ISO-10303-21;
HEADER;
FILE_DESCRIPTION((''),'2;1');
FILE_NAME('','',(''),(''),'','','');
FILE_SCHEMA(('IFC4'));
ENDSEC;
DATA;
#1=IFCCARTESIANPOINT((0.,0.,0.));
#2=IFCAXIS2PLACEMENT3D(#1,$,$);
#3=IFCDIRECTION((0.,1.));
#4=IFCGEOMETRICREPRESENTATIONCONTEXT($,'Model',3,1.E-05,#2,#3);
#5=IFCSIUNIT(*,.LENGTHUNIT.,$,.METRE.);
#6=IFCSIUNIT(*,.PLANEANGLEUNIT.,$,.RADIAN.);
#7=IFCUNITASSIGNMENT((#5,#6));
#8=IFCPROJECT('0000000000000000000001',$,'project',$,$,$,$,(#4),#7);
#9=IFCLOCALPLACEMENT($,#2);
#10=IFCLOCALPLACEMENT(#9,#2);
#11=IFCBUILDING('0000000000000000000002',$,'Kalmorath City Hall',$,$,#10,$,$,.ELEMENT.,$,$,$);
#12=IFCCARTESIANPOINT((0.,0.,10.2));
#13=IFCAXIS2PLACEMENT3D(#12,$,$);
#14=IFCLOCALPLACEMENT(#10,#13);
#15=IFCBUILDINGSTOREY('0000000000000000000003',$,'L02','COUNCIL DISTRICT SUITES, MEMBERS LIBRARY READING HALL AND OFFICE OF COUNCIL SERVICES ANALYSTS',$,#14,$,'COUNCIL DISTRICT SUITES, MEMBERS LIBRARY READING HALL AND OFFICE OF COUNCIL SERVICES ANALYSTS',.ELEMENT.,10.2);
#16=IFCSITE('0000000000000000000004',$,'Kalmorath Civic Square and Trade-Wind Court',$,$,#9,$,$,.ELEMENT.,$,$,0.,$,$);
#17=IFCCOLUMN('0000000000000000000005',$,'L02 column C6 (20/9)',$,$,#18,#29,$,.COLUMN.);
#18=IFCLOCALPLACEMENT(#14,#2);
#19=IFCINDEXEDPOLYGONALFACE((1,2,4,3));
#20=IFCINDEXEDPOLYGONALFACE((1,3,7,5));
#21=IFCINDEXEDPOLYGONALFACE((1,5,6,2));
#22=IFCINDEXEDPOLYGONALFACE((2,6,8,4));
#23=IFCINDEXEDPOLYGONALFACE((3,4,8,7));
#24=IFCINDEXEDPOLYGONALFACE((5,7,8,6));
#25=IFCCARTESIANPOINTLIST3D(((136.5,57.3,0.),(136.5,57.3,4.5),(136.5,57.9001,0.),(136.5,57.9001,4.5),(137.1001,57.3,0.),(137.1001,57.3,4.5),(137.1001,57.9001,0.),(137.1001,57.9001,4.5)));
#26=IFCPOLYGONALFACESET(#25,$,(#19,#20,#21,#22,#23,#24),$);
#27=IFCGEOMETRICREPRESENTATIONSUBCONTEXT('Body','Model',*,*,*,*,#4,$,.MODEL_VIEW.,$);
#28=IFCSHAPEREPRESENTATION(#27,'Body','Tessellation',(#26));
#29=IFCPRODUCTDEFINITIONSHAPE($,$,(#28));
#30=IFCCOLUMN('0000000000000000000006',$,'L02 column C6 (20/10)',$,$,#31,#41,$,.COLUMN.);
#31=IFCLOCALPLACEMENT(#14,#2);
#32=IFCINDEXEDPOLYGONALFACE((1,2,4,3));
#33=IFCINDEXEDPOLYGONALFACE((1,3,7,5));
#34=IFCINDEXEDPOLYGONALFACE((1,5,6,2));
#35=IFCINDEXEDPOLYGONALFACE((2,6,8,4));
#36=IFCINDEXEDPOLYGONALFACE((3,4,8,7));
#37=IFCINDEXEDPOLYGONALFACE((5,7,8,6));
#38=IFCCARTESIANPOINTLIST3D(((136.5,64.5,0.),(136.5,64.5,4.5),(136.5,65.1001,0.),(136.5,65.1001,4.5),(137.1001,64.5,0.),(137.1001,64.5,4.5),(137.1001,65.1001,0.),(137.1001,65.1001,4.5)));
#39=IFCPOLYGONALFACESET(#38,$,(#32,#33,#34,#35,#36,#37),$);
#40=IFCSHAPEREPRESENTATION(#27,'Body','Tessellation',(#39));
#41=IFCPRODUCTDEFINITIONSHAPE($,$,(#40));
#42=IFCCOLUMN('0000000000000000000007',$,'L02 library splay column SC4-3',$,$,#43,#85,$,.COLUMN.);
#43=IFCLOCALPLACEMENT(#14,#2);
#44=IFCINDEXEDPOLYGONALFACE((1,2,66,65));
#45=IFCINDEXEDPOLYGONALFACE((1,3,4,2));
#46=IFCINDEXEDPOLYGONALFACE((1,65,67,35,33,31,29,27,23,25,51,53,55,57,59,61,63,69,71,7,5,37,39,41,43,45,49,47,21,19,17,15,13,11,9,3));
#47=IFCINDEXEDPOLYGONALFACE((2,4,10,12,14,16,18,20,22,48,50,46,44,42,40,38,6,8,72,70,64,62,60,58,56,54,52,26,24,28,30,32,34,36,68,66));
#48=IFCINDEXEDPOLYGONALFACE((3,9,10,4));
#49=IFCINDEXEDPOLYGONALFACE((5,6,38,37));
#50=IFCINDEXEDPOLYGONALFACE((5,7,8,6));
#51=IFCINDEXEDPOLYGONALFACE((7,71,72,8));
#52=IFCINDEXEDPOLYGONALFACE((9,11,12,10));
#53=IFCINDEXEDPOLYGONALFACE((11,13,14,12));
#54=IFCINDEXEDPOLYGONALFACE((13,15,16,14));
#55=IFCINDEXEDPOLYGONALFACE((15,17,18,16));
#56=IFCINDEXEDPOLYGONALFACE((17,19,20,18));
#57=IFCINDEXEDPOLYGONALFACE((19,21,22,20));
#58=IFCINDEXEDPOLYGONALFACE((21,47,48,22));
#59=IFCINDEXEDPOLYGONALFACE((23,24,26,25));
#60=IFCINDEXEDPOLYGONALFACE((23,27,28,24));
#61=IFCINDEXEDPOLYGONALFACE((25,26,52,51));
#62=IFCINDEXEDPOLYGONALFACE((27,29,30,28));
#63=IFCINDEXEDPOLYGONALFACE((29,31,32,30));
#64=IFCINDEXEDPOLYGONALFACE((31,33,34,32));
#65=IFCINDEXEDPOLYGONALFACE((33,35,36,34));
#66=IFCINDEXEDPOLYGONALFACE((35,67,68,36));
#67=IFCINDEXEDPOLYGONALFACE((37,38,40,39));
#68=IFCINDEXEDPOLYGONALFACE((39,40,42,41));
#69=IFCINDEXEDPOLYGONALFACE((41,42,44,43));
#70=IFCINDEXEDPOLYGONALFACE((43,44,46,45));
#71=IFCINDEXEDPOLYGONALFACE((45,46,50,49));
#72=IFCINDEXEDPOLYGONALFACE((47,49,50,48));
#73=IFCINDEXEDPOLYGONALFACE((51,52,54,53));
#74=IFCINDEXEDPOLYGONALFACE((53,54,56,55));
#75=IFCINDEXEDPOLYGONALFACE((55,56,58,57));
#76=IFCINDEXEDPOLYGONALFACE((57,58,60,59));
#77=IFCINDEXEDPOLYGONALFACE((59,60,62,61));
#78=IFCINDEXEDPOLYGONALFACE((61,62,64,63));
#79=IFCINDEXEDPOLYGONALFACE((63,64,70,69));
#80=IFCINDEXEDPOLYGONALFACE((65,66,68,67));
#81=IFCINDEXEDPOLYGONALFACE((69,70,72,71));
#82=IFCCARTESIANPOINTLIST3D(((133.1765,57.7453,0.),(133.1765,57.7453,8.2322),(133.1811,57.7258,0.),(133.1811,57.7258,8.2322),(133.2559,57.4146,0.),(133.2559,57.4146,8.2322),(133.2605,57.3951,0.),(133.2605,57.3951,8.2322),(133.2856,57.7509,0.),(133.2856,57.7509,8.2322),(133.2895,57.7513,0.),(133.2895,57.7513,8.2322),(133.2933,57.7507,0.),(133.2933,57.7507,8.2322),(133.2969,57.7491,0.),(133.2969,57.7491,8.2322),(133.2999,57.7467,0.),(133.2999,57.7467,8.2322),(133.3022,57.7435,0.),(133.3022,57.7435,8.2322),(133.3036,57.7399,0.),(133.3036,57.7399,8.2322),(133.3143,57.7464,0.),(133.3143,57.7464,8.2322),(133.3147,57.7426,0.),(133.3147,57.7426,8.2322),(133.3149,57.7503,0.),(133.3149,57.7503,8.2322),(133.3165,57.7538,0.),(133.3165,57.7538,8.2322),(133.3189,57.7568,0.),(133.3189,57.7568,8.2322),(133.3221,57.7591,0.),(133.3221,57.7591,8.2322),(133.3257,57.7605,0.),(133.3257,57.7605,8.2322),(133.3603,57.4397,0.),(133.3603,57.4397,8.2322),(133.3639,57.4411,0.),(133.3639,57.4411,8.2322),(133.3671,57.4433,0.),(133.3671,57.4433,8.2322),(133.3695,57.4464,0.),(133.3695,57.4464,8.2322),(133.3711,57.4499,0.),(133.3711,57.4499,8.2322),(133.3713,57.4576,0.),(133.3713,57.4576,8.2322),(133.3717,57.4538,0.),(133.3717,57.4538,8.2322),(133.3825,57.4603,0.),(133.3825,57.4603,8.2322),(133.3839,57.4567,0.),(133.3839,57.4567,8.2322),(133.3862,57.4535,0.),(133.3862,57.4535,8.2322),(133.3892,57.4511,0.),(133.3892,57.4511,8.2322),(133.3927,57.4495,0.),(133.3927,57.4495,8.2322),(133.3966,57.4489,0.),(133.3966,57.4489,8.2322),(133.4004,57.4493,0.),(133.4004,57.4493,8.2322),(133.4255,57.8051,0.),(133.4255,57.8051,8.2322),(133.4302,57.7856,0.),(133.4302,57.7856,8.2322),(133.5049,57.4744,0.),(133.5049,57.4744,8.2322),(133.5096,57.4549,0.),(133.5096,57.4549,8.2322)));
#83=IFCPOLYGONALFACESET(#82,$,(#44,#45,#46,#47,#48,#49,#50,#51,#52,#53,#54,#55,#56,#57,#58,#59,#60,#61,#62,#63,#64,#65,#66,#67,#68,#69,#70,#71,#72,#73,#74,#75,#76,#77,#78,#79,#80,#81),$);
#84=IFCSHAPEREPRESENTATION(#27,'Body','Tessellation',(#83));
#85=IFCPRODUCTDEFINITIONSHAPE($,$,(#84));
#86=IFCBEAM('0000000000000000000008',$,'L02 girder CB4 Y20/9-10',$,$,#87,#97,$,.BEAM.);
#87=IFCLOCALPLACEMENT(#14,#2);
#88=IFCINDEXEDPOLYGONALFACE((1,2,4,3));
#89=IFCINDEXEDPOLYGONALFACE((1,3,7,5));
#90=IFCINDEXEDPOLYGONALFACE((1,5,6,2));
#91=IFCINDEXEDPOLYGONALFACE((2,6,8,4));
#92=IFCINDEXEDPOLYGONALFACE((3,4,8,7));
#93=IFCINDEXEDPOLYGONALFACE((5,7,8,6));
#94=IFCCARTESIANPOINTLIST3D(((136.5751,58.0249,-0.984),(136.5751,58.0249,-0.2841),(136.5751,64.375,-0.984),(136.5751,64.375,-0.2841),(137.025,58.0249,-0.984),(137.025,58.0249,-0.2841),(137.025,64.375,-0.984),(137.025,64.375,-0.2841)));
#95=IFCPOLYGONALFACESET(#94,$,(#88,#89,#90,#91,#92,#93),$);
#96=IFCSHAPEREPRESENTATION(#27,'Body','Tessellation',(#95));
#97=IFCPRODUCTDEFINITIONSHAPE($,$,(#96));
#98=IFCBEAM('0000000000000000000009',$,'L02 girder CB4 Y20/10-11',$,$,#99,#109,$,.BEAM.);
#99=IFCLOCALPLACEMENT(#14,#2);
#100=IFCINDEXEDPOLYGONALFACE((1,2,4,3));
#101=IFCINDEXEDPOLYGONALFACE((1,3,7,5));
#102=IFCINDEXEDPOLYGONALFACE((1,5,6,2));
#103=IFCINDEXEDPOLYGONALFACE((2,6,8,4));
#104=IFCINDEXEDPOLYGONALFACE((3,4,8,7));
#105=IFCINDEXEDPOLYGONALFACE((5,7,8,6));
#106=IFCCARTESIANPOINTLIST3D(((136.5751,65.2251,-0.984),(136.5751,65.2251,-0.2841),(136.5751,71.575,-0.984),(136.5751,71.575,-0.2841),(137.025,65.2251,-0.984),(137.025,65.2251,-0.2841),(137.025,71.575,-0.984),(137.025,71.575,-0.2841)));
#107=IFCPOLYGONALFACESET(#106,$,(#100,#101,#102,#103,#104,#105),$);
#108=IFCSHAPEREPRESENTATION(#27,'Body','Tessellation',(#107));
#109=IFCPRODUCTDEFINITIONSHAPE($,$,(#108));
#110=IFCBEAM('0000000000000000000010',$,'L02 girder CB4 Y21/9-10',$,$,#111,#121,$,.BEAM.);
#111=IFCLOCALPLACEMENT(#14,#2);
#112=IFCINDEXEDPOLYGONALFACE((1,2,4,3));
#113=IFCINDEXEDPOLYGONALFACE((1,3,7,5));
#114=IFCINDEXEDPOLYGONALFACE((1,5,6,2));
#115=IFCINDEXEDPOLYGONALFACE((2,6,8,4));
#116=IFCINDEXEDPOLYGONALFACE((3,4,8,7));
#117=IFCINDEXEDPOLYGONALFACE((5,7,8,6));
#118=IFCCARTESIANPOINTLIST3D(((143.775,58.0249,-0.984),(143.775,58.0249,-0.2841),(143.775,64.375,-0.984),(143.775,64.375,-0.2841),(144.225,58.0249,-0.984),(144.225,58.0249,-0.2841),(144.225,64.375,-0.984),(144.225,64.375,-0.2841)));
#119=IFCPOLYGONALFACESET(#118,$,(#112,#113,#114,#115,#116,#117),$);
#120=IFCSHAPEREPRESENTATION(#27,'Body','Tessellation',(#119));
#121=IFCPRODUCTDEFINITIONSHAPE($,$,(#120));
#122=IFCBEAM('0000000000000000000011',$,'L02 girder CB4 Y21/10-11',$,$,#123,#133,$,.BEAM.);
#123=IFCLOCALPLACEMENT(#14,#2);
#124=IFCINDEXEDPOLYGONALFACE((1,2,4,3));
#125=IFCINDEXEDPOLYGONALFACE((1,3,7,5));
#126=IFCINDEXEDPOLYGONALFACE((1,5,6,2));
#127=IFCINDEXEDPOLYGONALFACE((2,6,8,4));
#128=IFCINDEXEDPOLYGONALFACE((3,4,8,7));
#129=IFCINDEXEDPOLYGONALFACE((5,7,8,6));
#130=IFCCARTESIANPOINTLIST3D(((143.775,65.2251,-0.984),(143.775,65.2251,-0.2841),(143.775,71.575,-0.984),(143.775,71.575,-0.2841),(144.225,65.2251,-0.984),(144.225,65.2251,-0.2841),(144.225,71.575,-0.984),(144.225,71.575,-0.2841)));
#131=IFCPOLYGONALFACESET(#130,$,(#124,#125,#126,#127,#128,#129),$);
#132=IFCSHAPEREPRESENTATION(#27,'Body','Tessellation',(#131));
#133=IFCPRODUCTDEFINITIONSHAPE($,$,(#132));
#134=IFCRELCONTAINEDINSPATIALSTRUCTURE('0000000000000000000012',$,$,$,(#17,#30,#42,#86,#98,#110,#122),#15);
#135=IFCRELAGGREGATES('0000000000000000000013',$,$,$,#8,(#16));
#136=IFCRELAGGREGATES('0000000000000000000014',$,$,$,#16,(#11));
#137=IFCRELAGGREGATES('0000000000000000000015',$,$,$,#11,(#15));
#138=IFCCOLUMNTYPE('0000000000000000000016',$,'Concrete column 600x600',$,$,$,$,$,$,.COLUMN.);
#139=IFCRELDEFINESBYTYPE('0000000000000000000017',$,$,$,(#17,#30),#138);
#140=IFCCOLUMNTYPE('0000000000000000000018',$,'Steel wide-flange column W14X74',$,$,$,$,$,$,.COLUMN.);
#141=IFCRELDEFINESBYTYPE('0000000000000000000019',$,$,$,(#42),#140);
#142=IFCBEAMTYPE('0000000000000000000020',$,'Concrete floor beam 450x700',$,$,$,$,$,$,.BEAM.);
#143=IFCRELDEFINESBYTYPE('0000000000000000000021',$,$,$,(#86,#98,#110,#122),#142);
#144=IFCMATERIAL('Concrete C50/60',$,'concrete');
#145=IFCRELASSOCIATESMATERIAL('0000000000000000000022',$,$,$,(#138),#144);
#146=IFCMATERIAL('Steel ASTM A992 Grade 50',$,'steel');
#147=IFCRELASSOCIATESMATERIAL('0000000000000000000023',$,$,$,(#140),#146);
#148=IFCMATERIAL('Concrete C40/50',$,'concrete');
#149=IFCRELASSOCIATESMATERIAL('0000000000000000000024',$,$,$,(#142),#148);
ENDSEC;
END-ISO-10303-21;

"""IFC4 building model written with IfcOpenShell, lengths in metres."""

from ifc_helpers import new_model, si_unit, direction, frame, origin, origin_2d, place, context, subcontext, project, spatial, rectangle, i_section, extrude, material, material_profile, profile_set, type_object, element, save


model = new_model("IFC4")

# Units and contexts
model_context = context("Model", 3, precision=1e-05, world=origin(), true_north=direction((0.0, 1.0)))
body_context = subcontext(model_context, "Body", "Model", "MODEL_VIEW")
ifc_project = project(units=[si_unit("LENGTHUNIT", "METRE"), si_unit("PLANEANGLEUNIT", "RADIAN")], contexts=[model_context])

# Site, building, storey
site_placement = place(None, origin())
site = spatial("IfcSite", under=ifc_project, at=site_placement, Name="Kalmorath Civic Square and Trade-Wind Court", CompositionType="ELEMENT", RefElevation=0.0)
building_placement = place(site_placement, origin())
building = spatial("IfcBuilding", under=site, at=building_placement, Name="Kalmorath City Hall", CompositionType="ELEMENT")
storey_placement = place(building_placement, frame((0.0, 0.0, 10.2)))
storey = spatial("IfcBuildingStorey", under=building, at=storey_placement, Name="L02", Description="COUNCIL DISTRICT SUITES, MEMBERS LIBRARY READING HALL AND OFFICE OF COUNCIL SERVICES ANALYSTS", LongName="COUNCIL DISTRICT SUITES, MEMBERS LIBRARY READING HALL AND OFFICE OF COUNCIL SERVICES ANALYSTS", CompositionType="ELEMENT", Elevation=10.2)

# Columns
ifc_material_1 = material(Name="Concrete C50/60", Category="concrete")
ifc_material_profile_1 = material_profile(ifc_material_1, rectangle(XDim=0.6001, YDim=0.6001, at=origin_2d()), Name="RC-COL-600X600")
ifc_profile_set_1 = profile_set([ifc_material_profile_1], Name="Concrete C50/60")
column_type_1 = type_object("IfcColumnType", Name="Concrete column 600x600", PredefinedType="COLUMN", material=ifc_profile_set_1)
for number, where, z_axis, x_axis, name in (
    (1, (136.8, 57.6001, 0.0), (0.0, 0.0, 1.0), (1.0, 0.0, 0.0), "L02 column C6 (20/9)"),
    (2, (136.8, 64.8, 0.0), (0.0, 0.0, 1.0), (1.0, 0.0, 0.0), "L02 column C6 (20/10)"),
):
    element("IfcColumn", number, at=place(storey_placement, frame(where, z_axis=z_axis, x_axis=x_axis)), inside=storey, type_object=column_type_1, Name=name, PredefinedType="COLUMN", context=body_context, shape_type="SweptSolid", body=[
        extrude(rectangle(XDim=0.6001, YDim=0.6001, at=origin_2d()), origin(), (0.0, 0.0, 1.0), 4.5),
    ])
ifc_material_2 = material(Name="Steel ASTM A992 Grade 50", Category="steel")
ifc_material_profile_2 = material_profile(ifc_material_2, i_section(OverallWidth=0.2561, OverallDepth=0.3601, WebThickness=0.0115, FlangeThickness=0.02, FilletRadius=0.0149, at=origin_2d()), Name="W14X74")
ifc_profile_set_2 = profile_set([ifc_material_profile_2], Name="Steel ASTM A992 Grade 50")
column_type_2 = type_object("IfcColumnType", Name="Steel wide-flange column W14X74", PredefinedType="COLUMN", material=ifc_profile_set_2)
column_placement = place(storey_placement, frame((133.343, 57.6001, 0.0), z_axis=(0.0, 0.0, 1.0), x_axis=(0.97237, 0.233445, 0.0)))
element("IfcColumn", 3, at=column_placement, inside=storey, type_object=column_type_2, Name="L02 library splay column SC4-3", PredefinedType="COLUMN", context=body_context, shape_type="SweptSolid", body=[
    extrude(i_section(OverallWidth=0.2561, OverallDepth=0.3601, WebThickness=0.0115, FlangeThickness=0.02, FilletRadius=0.0149, at=origin_2d()), origin(), (0.0, 0.0, 1.0), 8.2322),
])

# Beams
ifc_material_3 = material(Name="Concrete C40/50", Category="concrete")
ifc_material_profile_3 = material_profile(ifc_material_3, rectangle(XDim=0.45, YDim=0.7, at=origin_2d()), Name="RC-BM-450X700")
ifc_profile_set_3 = profile_set([ifc_material_profile_3], Name="Concrete C40/50")
beam_type_1 = type_object("IfcBeamType", Name="Concrete floor beam 450x700", PredefinedType="BEAM", material=ifc_profile_set_3)
beam_1_placement = place(storey_placement, frame((136.8, 58.0249, -0.634), z_axis=(0.0, 1.0, 0.0), x_axis=(-1.0, 0.0, 0.0)))
element("IfcBeam", 4, at=beam_1_placement, inside=storey, type_object=beam_type_1, Name="L02 girder CB4 Y20/9-10", PredefinedType="BEAM", context=body_context, shape_type="SweptSolid", body=[
    extrude(rectangle(XDim=0.45, YDim=0.7, at=origin_2d()), origin(), (0.0, 0.0, 1.0), 6.3501),
])
beam_2_placement = place(storey_placement, frame((136.8, 65.2251, -0.634), z_axis=(0.0, 1.0, 0.0), x_axis=(-1.0, 0.0, 0.0)))
element("IfcBeam", 5, at=beam_2_placement, inside=storey, type_object=beam_type_1, Name="L02 girder CB4 Y20/10-11", PredefinedType="BEAM", context=body_context, shape_type="SweptSolid", body=[
    extrude(rectangle(XDim=0.45, YDim=0.7, at=origin_2d()), origin(), (0.0, 0.0, 1.0), 6.3499),
])
beam_3_placement = place(storey_placement, frame((144.0, 58.0249, -0.634), z_axis=(0.0, 1.0, 0.0), x_axis=(-1.0, 0.0, 0.0)))
element("IfcBeam", 6, at=beam_3_placement, inside=storey, type_object=beam_type_1, Name="L02 girder CB4 Y21/9-10", PredefinedType="BEAM", context=body_context, shape_type="SweptSolid", body=[
    extrude(rectangle(XDim=0.45, YDim=0.7, at=origin_2d()), origin(), (0.0, 0.0, 1.0), 6.3501),
])
beam_4_placement = place(storey_placement, frame((144.0, 65.2251, -0.634), z_axis=(0.0, 1.0, 0.0), x_axis=(-1.0, 0.0, 0.0)))
element("IfcBeam", 7, at=beam_4_placement, inside=storey, type_object=beam_type_1, Name="L02 girder CB4 Y21/10-11", PredefinedType="BEAM", context=body_context, shape_type="SweptSolid", body=[
    extrude(rectangle(XDim=0.45, YDim=0.7, at=origin_2d()), origin(), (0.0, 0.0, 1.0), 6.3499),
])

save(model, "model.ifc")
